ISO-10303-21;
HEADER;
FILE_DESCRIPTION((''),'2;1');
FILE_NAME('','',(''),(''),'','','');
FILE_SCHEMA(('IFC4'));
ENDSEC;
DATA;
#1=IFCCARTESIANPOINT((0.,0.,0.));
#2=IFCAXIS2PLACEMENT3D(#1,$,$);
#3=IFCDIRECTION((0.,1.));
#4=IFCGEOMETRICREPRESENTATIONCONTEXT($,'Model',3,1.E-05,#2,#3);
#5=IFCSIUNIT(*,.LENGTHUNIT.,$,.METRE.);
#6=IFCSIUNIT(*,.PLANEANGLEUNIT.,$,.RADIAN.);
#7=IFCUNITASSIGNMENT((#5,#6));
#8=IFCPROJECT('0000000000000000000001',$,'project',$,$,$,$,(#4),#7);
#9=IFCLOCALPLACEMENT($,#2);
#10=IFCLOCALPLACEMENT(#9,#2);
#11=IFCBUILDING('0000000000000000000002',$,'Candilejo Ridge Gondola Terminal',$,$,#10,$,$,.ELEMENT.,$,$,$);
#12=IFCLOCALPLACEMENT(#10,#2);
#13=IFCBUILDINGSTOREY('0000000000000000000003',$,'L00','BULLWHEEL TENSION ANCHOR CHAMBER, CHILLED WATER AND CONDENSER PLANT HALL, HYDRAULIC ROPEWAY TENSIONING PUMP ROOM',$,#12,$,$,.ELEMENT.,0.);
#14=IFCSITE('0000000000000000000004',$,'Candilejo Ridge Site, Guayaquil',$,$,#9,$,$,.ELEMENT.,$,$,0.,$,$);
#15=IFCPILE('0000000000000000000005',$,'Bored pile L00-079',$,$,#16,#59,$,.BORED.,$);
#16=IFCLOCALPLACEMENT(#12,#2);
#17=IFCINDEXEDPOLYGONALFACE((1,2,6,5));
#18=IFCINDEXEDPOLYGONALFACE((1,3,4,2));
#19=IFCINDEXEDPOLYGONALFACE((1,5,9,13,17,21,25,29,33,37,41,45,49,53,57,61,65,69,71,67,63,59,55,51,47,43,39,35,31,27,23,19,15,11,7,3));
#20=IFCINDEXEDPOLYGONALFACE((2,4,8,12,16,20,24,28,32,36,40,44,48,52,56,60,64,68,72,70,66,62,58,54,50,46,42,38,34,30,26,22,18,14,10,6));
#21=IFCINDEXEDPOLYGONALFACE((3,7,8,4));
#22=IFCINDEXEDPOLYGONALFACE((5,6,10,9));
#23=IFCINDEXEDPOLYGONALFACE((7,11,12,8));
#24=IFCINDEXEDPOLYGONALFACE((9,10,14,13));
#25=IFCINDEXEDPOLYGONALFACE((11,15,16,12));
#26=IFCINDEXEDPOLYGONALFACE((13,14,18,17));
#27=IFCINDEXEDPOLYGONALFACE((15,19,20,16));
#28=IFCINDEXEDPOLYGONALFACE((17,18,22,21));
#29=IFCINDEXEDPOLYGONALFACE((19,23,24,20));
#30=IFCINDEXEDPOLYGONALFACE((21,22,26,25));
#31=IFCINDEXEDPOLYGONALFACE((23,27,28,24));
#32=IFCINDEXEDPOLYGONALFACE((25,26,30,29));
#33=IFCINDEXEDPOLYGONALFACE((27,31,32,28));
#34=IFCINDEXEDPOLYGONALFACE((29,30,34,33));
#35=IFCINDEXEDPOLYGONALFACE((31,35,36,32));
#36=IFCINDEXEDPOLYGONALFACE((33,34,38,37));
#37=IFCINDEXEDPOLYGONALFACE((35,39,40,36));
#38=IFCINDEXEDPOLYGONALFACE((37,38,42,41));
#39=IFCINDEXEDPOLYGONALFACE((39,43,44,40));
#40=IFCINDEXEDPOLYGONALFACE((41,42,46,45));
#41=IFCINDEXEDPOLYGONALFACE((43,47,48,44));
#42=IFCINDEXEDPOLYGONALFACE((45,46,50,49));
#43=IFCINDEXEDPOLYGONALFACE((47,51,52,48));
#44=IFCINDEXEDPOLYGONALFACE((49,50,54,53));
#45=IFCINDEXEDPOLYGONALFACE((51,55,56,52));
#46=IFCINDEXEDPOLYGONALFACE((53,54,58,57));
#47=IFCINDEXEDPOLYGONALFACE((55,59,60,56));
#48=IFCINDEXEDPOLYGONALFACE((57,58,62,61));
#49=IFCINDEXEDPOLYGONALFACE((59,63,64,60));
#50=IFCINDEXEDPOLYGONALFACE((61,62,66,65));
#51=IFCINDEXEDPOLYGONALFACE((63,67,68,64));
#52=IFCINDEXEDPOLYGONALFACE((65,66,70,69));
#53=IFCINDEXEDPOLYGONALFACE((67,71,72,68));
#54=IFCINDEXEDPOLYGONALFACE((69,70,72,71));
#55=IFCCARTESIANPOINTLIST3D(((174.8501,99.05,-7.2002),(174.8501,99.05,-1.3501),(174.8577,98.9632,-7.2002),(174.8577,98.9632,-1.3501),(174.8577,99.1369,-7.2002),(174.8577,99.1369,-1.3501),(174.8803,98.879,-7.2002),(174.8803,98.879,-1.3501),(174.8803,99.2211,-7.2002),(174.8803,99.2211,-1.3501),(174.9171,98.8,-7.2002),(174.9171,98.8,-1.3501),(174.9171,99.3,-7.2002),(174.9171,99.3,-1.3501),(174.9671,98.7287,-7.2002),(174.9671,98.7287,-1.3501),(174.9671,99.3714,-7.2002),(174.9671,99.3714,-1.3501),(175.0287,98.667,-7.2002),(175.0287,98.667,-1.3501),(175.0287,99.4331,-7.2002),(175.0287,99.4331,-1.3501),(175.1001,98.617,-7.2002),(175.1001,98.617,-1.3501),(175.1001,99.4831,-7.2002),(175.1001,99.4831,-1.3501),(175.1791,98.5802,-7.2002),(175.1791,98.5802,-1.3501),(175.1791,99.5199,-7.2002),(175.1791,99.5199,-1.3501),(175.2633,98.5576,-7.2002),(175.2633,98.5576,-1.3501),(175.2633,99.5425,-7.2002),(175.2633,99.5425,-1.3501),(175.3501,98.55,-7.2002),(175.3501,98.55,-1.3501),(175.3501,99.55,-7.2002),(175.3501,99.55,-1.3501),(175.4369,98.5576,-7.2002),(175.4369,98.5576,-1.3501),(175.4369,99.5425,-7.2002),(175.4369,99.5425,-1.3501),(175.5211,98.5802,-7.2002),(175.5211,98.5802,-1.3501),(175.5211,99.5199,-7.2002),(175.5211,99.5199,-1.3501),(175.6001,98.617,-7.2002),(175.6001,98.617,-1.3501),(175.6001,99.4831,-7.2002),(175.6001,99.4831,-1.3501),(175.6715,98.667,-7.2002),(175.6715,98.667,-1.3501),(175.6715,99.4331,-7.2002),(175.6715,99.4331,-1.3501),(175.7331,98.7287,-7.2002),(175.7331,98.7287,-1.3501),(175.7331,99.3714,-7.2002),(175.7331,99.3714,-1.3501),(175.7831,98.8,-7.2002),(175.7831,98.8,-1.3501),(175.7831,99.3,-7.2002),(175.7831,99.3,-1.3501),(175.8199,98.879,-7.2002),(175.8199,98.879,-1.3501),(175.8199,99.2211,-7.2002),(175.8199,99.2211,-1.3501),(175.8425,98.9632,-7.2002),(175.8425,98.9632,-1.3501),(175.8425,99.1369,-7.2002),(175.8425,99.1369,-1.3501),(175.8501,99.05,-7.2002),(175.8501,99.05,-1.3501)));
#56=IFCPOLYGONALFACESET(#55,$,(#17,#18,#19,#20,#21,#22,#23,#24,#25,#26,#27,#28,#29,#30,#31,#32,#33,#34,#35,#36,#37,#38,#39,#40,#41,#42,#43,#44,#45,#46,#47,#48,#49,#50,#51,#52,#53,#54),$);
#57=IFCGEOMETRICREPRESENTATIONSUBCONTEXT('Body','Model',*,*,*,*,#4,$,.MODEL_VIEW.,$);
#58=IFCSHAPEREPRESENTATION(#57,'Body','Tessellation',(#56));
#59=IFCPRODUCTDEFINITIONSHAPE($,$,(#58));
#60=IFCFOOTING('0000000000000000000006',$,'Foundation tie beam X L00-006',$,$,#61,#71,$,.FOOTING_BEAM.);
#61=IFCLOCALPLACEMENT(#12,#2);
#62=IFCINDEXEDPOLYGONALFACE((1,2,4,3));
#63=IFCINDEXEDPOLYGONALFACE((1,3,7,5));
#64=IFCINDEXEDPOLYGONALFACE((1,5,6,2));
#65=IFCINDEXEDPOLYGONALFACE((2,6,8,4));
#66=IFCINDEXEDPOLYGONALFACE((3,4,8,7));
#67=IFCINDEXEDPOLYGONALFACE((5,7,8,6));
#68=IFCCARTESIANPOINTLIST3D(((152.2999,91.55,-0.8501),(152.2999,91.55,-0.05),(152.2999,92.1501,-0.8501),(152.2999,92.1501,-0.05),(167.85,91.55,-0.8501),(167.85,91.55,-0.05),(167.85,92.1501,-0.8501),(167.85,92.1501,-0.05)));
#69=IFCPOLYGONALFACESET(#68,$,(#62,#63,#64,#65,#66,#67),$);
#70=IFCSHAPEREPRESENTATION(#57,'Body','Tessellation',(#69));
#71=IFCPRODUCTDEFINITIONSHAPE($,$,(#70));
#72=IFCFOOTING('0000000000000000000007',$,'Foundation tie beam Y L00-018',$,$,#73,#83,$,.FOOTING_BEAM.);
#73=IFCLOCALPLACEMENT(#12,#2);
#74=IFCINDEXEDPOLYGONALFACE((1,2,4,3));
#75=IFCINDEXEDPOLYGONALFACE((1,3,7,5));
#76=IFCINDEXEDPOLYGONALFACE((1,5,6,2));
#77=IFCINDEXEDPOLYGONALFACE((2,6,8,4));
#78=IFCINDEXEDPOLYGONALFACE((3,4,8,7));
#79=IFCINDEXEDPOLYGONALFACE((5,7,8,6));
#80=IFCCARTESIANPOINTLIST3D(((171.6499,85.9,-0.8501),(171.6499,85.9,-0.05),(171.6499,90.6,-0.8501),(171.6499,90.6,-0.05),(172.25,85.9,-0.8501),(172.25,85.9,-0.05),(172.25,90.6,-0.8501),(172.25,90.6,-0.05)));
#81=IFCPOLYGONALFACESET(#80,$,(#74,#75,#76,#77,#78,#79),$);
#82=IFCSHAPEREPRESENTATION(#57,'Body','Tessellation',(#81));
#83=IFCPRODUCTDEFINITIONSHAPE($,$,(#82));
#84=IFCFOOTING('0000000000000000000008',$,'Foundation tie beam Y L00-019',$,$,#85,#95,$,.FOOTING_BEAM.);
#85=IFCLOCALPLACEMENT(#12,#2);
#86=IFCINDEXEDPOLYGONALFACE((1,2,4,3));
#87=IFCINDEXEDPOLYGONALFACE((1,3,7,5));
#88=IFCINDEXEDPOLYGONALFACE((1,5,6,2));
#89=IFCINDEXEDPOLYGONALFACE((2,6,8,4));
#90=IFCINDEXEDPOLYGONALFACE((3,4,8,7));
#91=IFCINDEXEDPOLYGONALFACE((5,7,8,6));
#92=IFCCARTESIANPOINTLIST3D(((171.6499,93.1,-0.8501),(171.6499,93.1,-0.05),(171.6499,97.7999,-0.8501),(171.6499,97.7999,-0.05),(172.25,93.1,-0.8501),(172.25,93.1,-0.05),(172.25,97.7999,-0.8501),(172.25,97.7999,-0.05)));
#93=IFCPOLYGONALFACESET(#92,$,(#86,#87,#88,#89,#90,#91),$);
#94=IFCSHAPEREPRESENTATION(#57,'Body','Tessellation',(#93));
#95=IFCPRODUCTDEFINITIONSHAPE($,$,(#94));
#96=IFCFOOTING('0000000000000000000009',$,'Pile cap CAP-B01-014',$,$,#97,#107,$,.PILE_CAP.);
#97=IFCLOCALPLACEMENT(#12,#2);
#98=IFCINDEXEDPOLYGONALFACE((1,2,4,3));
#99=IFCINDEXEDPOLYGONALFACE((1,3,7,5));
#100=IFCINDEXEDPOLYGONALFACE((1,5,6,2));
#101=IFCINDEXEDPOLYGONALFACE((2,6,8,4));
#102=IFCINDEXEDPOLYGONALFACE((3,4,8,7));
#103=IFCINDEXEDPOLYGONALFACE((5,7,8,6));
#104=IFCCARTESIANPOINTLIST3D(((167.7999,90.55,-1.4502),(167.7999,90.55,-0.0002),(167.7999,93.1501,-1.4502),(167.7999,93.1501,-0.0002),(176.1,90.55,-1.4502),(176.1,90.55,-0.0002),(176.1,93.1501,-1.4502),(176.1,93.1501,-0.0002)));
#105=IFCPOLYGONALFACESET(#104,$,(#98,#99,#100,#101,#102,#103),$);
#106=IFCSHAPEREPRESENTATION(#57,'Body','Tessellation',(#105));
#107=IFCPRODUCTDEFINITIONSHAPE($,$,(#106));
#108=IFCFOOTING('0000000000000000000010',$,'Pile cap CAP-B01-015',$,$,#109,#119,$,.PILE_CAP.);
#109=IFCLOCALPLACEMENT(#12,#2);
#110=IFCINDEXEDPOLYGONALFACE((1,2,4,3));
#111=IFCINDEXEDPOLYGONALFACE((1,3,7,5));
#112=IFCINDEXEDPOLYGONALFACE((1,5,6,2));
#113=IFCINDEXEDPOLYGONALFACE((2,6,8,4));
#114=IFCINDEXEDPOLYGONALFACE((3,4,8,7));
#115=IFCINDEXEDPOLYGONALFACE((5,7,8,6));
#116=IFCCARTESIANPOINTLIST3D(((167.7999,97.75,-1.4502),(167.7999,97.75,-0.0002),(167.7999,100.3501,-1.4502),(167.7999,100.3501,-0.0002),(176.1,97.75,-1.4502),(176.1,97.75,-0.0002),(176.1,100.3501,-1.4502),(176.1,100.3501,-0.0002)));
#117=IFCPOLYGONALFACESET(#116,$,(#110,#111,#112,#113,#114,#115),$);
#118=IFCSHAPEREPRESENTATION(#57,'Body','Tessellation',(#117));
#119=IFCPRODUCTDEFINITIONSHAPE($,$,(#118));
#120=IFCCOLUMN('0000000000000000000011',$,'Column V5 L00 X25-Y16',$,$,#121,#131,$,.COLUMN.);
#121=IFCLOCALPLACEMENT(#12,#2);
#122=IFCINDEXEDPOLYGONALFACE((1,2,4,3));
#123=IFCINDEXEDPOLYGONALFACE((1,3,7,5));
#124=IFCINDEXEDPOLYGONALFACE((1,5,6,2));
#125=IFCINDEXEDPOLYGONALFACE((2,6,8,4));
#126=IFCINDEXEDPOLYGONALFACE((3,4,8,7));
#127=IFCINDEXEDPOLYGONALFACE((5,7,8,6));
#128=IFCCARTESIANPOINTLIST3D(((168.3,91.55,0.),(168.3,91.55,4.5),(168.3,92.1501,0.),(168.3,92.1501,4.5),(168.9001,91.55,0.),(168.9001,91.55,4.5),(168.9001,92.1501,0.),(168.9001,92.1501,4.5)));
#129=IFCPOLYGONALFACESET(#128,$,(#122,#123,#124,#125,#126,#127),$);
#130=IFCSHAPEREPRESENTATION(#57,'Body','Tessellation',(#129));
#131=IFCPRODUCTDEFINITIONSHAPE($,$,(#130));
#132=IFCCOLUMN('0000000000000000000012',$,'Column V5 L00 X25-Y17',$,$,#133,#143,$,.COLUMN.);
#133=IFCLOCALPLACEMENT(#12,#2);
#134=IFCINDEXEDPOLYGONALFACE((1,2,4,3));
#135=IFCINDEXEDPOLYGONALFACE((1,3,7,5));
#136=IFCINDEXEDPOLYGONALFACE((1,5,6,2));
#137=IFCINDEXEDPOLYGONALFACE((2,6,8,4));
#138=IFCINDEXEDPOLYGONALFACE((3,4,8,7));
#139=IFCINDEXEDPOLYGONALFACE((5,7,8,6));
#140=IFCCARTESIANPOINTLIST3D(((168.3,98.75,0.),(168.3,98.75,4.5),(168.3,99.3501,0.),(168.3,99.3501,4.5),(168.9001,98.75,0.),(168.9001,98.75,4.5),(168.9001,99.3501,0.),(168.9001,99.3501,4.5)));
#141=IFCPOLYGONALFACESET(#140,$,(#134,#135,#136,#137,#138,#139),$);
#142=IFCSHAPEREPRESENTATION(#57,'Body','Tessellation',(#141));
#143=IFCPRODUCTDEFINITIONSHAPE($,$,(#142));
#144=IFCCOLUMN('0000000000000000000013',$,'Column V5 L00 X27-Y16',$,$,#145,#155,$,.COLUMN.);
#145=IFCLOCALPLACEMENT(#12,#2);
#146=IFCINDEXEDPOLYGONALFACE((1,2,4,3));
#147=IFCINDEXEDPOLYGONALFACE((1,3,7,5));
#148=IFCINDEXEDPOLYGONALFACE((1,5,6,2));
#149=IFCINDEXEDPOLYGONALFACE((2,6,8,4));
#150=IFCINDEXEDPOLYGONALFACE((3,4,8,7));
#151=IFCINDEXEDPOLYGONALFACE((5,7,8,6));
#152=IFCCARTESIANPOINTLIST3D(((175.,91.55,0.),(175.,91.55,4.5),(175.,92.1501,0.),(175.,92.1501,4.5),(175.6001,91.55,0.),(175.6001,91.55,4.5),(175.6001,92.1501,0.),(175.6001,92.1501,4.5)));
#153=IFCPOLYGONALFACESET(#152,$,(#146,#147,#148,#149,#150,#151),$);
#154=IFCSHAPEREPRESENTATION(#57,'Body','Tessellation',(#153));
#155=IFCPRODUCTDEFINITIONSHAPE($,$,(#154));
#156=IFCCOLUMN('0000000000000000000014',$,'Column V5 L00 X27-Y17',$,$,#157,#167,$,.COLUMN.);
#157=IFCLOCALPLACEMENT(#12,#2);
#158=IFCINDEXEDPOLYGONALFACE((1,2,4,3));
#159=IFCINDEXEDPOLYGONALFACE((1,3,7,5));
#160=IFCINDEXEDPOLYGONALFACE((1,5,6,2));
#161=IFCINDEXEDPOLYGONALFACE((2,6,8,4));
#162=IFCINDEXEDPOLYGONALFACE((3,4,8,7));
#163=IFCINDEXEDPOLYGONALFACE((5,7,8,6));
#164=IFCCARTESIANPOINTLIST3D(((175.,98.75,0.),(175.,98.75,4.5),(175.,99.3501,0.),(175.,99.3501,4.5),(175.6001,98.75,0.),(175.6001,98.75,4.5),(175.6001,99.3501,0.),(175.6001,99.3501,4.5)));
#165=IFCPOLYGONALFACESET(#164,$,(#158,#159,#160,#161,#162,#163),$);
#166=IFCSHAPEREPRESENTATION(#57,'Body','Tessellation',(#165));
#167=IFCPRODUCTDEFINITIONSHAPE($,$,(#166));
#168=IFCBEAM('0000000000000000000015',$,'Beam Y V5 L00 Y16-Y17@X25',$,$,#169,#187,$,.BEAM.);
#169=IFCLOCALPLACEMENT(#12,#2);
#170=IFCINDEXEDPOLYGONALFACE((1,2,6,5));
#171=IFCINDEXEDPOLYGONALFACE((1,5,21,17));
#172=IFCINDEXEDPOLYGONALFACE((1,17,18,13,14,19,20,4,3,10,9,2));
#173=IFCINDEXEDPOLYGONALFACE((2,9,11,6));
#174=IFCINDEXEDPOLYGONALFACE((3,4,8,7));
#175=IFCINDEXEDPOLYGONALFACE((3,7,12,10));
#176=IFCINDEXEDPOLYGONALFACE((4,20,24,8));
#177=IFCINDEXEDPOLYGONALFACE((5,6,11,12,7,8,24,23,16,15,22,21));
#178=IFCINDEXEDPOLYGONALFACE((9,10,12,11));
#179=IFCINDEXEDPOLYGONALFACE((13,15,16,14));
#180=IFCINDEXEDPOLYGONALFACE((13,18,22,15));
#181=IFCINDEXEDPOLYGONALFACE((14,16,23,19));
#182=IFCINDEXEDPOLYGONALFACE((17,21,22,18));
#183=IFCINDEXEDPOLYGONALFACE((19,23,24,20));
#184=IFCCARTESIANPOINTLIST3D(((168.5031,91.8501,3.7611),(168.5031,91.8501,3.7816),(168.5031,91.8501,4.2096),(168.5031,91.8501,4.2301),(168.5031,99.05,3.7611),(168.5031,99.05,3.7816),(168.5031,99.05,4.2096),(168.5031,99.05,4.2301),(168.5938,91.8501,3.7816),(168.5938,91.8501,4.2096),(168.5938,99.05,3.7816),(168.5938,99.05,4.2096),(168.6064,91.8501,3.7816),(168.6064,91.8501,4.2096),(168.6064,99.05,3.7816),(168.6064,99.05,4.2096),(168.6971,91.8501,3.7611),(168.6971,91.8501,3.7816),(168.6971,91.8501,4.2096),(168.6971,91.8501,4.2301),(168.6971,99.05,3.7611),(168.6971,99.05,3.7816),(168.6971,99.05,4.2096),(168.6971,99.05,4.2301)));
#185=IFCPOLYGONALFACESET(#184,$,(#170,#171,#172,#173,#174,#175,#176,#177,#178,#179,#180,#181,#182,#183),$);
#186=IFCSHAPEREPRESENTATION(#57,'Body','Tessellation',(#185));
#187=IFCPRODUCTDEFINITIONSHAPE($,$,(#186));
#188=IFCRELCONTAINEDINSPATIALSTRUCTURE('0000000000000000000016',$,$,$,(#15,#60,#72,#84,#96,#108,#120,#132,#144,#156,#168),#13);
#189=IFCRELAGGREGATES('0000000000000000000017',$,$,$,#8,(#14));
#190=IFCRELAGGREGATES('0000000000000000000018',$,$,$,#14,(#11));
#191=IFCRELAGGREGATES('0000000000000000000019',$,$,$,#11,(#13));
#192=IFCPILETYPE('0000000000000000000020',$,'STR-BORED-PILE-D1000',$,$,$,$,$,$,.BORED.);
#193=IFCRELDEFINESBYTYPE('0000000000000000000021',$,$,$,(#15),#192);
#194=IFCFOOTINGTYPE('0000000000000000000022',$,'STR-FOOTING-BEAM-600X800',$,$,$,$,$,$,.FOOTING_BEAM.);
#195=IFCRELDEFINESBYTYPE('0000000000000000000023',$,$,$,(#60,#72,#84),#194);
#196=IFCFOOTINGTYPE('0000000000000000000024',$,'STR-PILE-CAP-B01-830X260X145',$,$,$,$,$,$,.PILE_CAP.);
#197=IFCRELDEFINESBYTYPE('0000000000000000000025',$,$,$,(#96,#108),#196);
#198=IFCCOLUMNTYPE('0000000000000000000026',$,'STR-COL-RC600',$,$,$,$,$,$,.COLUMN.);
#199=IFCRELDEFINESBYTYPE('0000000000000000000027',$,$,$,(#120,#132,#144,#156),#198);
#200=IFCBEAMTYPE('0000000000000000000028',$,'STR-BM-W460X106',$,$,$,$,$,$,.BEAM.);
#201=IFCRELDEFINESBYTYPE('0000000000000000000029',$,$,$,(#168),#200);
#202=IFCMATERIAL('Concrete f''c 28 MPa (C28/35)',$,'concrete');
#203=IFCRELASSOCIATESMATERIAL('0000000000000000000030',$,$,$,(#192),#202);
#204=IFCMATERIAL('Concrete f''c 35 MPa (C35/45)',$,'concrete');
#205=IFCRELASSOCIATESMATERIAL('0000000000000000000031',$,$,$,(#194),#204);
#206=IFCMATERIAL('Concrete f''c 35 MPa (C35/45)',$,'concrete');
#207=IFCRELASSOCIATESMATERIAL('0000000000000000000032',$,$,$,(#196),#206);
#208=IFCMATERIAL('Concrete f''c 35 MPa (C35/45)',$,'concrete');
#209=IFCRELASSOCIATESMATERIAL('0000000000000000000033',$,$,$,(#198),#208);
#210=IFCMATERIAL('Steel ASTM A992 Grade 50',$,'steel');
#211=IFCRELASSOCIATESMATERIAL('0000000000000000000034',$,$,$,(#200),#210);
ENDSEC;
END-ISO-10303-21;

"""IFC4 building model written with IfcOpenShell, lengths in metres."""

from ifc_helpers import new_model, si_unit, direction, frame, origin, origin_2d, place, context, subcontext, project, spatial, rectangle, circle, i_section, extrude, material, material_profile, profile_set, type_object, element, save


model = new_model("IFC4")

# Units and contexts
model_context = context("Model", 3, precision=1e-05, world=origin(), true_north=direction((0.0, 1.0)))
body_context = subcontext(model_context, "Body", "Model", "MODEL_VIEW")
ifc_project = project(units=[si_unit("LENGTHUNIT", "METRE"), si_unit("PLANEANGLEUNIT", "RADIAN")], contexts=[model_context])

# Site, building, storey
site_placement = place(None, origin())
site = spatial("IfcSite", under=ifc_project, at=site_placement, Name="Candilejo Ridge Site, Guayaquil", CompositionType="ELEMENT", RefElevation=0.0)
building_placement = place(site_placement, origin())
building = spatial("IfcBuilding", under=site, at=building_placement, Name="Candilejo Ridge Gondola Terminal", CompositionType="ELEMENT")
storey_placement = place(building_placement, origin())
storey = spatial("IfcBuildingStorey", under=building, at=storey_placement, Name="L00", Description="BULLWHEEL TENSION ANCHOR CHAMBER, CHILLED WATER AND CONDENSER PLANT HALL, HYDRAULIC ROPEWAY TENSIONING PUMP ROOM", CompositionType="ELEMENT", Elevation=0.0)

# Pile
ifc_material_1 = material(Name="Concrete f'c 28 MPa (C28/35)", Category="concrete")
ifc_material_profile_1 = material_profile(ifc_material_1, circle(Radius=0.5, at=origin_2d()))
ifc_profile_set_1 = profile_set([ifc_material_profile_1], Name="Concrete f'c 28 MPa (C28/35)")
pile_type = type_object("IfcPileType", Name="STR-BORED-PILE-D1000", PredefinedType="BORED", material=ifc_profile_set_1)
for number, where, z_axis, x_axis, name in (
    (1, (175.3501, 99.05, -1.3501), (0.0, 0.0, -1.0), (1.0, 0.0, 0.0), "Bored pile L00-079"),
):
    element("IfcPile", number, at=place(storey_placement, frame(where, z_axis=z_axis, x_axis=x_axis)), inside=storey, type_object=pile_type, Name=name, PredefinedType="BORED", context=body_context, shape_type="SweptSolid", body=[
        extrude(circle(Radius=0.5, at=origin_2d()), origin(), (0.0, 0.0, 1.0), 5.8501),
    ])

# Footings
ifc_material_2 = material(Name="Concrete f'c 35 MPa (C35/45)", Category="concrete")
footing_type_1 = type_object("IfcFootingType", Name="STR-FOOTING-BEAM-600X800", PredefinedType="FOOTING_BEAM", material=ifc_material_2)
footing_placement = place(storey_placement, frame((160.075, 91.8501, -0.8501), z_axis=(0.0, 0.0, 1.0), x_axis=(1.0, 0.0, 0.0)))
element("IfcFooting", 2, at=footing_placement, inside=storey, type_object=footing_type_1, Name="Foundation tie beam X L00-006", PredefinedType="FOOTING_BEAM", context=body_context, shape_type="SweptSolid", body=[
    extrude(rectangle(XDim=15.55, YDim=0.6001, at=origin_2d()), origin(), (0.0, 0.0, 1.0), 0.8),
])
for number, where, z_axis, x_axis, name in (
    (3, (171.95, 88.25, -0.8501), (0.0, 0.0, 1.0), (1.0, 0.0, 0.0), "Foundation tie beam Y L00-018"),
    (4, (171.95, 95.45, -0.8501), (0.0, 0.0, 1.0), (1.0, 0.0, 0.0), "Foundation tie beam Y L00-019"),
):
    element("IfcFooting", number, at=place(storey_placement, frame(where, z_axis=z_axis, x_axis=x_axis)), inside=storey, type_object=footing_type_1, Name=name, PredefinedType="FOOTING_BEAM", context=body_context, shape_type="SweptSolid", body=[
        extrude(rectangle(XDim=0.6001, YDim=4.7, at=origin_2d()), origin(), (0.0, 0.0, 1.0), 0.8),
    ])
ifc_material_3 = material(Name="Concrete f'c 35 MPa (C35/45)", Category="concrete")
footing_type_2 = type_object("IfcFootingType", Name="STR-PILE-CAP-B01-830X260X145", PredefinedType="PILE_CAP", material=ifc_material_3)
for number, where, z_axis, x_axis, name in (
    (5, (171.95, 91.8501, -1.4502), (0.0, 0.0, 1.0), (1.0, 0.0, 0.0), "Pile cap CAP-B01-014"),
    (6, (171.95, 99.05, -1.4502), (0.0, 0.0, 1.0), (1.0, 0.0, 0.0), "Pile cap CAP-B01-015"),
):
    element("IfcFooting", number, at=place(storey_placement, frame(where, z_axis=z_axis, x_axis=x_axis)), inside=storey, type_object=footing_type_2, Name=name, PredefinedType="PILE_CAP", context=body_context, shape_type="SweptSolid", body=[
        extrude(rectangle(XDim=8.3, YDim=2.6001, at=origin_2d()), origin(), (0.0, 0.0, 1.0), 1.45),
    ])

# Columns
ifc_material_4 = material(Name="Concrete f'c 35 MPa (C35/45)", Category="concrete")
ifc_material_profile_2 = material_profile(ifc_material_4, rectangle(XDim=0.6001, YDim=0.6001, at=origin_2d()))
ifc_profile_set_2 = profile_set([ifc_material_profile_2], Name="Concrete f'c 35 MPa (C35/45)")
column_type = type_object("IfcColumnType", Name="STR-COL-RC600", PredefinedType="COLUMN", material=ifc_profile_set_2)
for number, where, z_axis, x_axis, name in (
    (7, (168.6001, 91.8501, 0.0), (0.0, 0.0, 1.0), (1.0, 0.0, 0.0), "Column V5 L00 X25-Y16"),
    (8, (168.6001, 99.05, 0.0), (0.0, 0.0, 1.0), (1.0, 0.0, 0.0), "Column V5 L00 X25-Y17"),
    (9, (175.3, 91.8501, 0.0), (0.0, 0.0, 1.0), (1.0, 0.0, 0.0), "Column V5 L00 X27-Y16"),
    (10, (175.3, 99.05, 0.0), (0.0, 0.0, 1.0), (1.0, 0.0, 0.0), "Column V5 L00 X27-Y17"),
):
    element("IfcColumn", number, at=place(storey_placement, frame(where, z_axis=z_axis, x_axis=x_axis)), inside=storey, type_object=column_type, Name=name, PredefinedType="COLUMN", context=body_context, shape_type="SweptSolid", body=[
        extrude(rectangle(XDim=0.6001, YDim=0.6001, at=origin_2d()), origin(), (0.0, 0.0, 1.0), 4.5),
    ])

# Beam
ifc_material_5 = material(Name="Steel ASTM A992 Grade 50", Category="steel")
ifc_material_profile_3 = material_profile(ifc_material_5, i_section(OverallWidth=0.1941, OverallDepth=0.469, WebThickness=0.0127, FlangeThickness=0.0205, at=origin_2d()))
ifc_profile_set_3 = profile_set([ifc_material_profile_3], Name="Steel ASTM A992 Grade 50")
beam_type_1 = type_object("IfcBeamType", Name="STR-BM-W460X106", PredefinedType="BEAM", material=ifc_profile_set_3)
beam_1_placement = place(storey_placement, frame((168.6001, 91.8501, 3.9956), z_axis=(0.0, 1.0, 0.0), x_axis=(-1.0, 0.0, 0.0)))
element("IfcBeam", 11, at=beam_1_placement, inside=storey, type_object=beam_type_1, Name="Beam Y V5 L00 Y16-Y17@X25", PredefinedType="BEAM", context=body_context, shape_type="SweptSolid", body=[
    extrude(i_section(OverallWidth=0.1941, OverallDepth=0.469, WebThickness=0.0127, FlangeThickness=0.0205, at=origin_2d()), origin(), (0.0, 0.0, 1.0), 7.2),
])

save(model, "model.ifc")
